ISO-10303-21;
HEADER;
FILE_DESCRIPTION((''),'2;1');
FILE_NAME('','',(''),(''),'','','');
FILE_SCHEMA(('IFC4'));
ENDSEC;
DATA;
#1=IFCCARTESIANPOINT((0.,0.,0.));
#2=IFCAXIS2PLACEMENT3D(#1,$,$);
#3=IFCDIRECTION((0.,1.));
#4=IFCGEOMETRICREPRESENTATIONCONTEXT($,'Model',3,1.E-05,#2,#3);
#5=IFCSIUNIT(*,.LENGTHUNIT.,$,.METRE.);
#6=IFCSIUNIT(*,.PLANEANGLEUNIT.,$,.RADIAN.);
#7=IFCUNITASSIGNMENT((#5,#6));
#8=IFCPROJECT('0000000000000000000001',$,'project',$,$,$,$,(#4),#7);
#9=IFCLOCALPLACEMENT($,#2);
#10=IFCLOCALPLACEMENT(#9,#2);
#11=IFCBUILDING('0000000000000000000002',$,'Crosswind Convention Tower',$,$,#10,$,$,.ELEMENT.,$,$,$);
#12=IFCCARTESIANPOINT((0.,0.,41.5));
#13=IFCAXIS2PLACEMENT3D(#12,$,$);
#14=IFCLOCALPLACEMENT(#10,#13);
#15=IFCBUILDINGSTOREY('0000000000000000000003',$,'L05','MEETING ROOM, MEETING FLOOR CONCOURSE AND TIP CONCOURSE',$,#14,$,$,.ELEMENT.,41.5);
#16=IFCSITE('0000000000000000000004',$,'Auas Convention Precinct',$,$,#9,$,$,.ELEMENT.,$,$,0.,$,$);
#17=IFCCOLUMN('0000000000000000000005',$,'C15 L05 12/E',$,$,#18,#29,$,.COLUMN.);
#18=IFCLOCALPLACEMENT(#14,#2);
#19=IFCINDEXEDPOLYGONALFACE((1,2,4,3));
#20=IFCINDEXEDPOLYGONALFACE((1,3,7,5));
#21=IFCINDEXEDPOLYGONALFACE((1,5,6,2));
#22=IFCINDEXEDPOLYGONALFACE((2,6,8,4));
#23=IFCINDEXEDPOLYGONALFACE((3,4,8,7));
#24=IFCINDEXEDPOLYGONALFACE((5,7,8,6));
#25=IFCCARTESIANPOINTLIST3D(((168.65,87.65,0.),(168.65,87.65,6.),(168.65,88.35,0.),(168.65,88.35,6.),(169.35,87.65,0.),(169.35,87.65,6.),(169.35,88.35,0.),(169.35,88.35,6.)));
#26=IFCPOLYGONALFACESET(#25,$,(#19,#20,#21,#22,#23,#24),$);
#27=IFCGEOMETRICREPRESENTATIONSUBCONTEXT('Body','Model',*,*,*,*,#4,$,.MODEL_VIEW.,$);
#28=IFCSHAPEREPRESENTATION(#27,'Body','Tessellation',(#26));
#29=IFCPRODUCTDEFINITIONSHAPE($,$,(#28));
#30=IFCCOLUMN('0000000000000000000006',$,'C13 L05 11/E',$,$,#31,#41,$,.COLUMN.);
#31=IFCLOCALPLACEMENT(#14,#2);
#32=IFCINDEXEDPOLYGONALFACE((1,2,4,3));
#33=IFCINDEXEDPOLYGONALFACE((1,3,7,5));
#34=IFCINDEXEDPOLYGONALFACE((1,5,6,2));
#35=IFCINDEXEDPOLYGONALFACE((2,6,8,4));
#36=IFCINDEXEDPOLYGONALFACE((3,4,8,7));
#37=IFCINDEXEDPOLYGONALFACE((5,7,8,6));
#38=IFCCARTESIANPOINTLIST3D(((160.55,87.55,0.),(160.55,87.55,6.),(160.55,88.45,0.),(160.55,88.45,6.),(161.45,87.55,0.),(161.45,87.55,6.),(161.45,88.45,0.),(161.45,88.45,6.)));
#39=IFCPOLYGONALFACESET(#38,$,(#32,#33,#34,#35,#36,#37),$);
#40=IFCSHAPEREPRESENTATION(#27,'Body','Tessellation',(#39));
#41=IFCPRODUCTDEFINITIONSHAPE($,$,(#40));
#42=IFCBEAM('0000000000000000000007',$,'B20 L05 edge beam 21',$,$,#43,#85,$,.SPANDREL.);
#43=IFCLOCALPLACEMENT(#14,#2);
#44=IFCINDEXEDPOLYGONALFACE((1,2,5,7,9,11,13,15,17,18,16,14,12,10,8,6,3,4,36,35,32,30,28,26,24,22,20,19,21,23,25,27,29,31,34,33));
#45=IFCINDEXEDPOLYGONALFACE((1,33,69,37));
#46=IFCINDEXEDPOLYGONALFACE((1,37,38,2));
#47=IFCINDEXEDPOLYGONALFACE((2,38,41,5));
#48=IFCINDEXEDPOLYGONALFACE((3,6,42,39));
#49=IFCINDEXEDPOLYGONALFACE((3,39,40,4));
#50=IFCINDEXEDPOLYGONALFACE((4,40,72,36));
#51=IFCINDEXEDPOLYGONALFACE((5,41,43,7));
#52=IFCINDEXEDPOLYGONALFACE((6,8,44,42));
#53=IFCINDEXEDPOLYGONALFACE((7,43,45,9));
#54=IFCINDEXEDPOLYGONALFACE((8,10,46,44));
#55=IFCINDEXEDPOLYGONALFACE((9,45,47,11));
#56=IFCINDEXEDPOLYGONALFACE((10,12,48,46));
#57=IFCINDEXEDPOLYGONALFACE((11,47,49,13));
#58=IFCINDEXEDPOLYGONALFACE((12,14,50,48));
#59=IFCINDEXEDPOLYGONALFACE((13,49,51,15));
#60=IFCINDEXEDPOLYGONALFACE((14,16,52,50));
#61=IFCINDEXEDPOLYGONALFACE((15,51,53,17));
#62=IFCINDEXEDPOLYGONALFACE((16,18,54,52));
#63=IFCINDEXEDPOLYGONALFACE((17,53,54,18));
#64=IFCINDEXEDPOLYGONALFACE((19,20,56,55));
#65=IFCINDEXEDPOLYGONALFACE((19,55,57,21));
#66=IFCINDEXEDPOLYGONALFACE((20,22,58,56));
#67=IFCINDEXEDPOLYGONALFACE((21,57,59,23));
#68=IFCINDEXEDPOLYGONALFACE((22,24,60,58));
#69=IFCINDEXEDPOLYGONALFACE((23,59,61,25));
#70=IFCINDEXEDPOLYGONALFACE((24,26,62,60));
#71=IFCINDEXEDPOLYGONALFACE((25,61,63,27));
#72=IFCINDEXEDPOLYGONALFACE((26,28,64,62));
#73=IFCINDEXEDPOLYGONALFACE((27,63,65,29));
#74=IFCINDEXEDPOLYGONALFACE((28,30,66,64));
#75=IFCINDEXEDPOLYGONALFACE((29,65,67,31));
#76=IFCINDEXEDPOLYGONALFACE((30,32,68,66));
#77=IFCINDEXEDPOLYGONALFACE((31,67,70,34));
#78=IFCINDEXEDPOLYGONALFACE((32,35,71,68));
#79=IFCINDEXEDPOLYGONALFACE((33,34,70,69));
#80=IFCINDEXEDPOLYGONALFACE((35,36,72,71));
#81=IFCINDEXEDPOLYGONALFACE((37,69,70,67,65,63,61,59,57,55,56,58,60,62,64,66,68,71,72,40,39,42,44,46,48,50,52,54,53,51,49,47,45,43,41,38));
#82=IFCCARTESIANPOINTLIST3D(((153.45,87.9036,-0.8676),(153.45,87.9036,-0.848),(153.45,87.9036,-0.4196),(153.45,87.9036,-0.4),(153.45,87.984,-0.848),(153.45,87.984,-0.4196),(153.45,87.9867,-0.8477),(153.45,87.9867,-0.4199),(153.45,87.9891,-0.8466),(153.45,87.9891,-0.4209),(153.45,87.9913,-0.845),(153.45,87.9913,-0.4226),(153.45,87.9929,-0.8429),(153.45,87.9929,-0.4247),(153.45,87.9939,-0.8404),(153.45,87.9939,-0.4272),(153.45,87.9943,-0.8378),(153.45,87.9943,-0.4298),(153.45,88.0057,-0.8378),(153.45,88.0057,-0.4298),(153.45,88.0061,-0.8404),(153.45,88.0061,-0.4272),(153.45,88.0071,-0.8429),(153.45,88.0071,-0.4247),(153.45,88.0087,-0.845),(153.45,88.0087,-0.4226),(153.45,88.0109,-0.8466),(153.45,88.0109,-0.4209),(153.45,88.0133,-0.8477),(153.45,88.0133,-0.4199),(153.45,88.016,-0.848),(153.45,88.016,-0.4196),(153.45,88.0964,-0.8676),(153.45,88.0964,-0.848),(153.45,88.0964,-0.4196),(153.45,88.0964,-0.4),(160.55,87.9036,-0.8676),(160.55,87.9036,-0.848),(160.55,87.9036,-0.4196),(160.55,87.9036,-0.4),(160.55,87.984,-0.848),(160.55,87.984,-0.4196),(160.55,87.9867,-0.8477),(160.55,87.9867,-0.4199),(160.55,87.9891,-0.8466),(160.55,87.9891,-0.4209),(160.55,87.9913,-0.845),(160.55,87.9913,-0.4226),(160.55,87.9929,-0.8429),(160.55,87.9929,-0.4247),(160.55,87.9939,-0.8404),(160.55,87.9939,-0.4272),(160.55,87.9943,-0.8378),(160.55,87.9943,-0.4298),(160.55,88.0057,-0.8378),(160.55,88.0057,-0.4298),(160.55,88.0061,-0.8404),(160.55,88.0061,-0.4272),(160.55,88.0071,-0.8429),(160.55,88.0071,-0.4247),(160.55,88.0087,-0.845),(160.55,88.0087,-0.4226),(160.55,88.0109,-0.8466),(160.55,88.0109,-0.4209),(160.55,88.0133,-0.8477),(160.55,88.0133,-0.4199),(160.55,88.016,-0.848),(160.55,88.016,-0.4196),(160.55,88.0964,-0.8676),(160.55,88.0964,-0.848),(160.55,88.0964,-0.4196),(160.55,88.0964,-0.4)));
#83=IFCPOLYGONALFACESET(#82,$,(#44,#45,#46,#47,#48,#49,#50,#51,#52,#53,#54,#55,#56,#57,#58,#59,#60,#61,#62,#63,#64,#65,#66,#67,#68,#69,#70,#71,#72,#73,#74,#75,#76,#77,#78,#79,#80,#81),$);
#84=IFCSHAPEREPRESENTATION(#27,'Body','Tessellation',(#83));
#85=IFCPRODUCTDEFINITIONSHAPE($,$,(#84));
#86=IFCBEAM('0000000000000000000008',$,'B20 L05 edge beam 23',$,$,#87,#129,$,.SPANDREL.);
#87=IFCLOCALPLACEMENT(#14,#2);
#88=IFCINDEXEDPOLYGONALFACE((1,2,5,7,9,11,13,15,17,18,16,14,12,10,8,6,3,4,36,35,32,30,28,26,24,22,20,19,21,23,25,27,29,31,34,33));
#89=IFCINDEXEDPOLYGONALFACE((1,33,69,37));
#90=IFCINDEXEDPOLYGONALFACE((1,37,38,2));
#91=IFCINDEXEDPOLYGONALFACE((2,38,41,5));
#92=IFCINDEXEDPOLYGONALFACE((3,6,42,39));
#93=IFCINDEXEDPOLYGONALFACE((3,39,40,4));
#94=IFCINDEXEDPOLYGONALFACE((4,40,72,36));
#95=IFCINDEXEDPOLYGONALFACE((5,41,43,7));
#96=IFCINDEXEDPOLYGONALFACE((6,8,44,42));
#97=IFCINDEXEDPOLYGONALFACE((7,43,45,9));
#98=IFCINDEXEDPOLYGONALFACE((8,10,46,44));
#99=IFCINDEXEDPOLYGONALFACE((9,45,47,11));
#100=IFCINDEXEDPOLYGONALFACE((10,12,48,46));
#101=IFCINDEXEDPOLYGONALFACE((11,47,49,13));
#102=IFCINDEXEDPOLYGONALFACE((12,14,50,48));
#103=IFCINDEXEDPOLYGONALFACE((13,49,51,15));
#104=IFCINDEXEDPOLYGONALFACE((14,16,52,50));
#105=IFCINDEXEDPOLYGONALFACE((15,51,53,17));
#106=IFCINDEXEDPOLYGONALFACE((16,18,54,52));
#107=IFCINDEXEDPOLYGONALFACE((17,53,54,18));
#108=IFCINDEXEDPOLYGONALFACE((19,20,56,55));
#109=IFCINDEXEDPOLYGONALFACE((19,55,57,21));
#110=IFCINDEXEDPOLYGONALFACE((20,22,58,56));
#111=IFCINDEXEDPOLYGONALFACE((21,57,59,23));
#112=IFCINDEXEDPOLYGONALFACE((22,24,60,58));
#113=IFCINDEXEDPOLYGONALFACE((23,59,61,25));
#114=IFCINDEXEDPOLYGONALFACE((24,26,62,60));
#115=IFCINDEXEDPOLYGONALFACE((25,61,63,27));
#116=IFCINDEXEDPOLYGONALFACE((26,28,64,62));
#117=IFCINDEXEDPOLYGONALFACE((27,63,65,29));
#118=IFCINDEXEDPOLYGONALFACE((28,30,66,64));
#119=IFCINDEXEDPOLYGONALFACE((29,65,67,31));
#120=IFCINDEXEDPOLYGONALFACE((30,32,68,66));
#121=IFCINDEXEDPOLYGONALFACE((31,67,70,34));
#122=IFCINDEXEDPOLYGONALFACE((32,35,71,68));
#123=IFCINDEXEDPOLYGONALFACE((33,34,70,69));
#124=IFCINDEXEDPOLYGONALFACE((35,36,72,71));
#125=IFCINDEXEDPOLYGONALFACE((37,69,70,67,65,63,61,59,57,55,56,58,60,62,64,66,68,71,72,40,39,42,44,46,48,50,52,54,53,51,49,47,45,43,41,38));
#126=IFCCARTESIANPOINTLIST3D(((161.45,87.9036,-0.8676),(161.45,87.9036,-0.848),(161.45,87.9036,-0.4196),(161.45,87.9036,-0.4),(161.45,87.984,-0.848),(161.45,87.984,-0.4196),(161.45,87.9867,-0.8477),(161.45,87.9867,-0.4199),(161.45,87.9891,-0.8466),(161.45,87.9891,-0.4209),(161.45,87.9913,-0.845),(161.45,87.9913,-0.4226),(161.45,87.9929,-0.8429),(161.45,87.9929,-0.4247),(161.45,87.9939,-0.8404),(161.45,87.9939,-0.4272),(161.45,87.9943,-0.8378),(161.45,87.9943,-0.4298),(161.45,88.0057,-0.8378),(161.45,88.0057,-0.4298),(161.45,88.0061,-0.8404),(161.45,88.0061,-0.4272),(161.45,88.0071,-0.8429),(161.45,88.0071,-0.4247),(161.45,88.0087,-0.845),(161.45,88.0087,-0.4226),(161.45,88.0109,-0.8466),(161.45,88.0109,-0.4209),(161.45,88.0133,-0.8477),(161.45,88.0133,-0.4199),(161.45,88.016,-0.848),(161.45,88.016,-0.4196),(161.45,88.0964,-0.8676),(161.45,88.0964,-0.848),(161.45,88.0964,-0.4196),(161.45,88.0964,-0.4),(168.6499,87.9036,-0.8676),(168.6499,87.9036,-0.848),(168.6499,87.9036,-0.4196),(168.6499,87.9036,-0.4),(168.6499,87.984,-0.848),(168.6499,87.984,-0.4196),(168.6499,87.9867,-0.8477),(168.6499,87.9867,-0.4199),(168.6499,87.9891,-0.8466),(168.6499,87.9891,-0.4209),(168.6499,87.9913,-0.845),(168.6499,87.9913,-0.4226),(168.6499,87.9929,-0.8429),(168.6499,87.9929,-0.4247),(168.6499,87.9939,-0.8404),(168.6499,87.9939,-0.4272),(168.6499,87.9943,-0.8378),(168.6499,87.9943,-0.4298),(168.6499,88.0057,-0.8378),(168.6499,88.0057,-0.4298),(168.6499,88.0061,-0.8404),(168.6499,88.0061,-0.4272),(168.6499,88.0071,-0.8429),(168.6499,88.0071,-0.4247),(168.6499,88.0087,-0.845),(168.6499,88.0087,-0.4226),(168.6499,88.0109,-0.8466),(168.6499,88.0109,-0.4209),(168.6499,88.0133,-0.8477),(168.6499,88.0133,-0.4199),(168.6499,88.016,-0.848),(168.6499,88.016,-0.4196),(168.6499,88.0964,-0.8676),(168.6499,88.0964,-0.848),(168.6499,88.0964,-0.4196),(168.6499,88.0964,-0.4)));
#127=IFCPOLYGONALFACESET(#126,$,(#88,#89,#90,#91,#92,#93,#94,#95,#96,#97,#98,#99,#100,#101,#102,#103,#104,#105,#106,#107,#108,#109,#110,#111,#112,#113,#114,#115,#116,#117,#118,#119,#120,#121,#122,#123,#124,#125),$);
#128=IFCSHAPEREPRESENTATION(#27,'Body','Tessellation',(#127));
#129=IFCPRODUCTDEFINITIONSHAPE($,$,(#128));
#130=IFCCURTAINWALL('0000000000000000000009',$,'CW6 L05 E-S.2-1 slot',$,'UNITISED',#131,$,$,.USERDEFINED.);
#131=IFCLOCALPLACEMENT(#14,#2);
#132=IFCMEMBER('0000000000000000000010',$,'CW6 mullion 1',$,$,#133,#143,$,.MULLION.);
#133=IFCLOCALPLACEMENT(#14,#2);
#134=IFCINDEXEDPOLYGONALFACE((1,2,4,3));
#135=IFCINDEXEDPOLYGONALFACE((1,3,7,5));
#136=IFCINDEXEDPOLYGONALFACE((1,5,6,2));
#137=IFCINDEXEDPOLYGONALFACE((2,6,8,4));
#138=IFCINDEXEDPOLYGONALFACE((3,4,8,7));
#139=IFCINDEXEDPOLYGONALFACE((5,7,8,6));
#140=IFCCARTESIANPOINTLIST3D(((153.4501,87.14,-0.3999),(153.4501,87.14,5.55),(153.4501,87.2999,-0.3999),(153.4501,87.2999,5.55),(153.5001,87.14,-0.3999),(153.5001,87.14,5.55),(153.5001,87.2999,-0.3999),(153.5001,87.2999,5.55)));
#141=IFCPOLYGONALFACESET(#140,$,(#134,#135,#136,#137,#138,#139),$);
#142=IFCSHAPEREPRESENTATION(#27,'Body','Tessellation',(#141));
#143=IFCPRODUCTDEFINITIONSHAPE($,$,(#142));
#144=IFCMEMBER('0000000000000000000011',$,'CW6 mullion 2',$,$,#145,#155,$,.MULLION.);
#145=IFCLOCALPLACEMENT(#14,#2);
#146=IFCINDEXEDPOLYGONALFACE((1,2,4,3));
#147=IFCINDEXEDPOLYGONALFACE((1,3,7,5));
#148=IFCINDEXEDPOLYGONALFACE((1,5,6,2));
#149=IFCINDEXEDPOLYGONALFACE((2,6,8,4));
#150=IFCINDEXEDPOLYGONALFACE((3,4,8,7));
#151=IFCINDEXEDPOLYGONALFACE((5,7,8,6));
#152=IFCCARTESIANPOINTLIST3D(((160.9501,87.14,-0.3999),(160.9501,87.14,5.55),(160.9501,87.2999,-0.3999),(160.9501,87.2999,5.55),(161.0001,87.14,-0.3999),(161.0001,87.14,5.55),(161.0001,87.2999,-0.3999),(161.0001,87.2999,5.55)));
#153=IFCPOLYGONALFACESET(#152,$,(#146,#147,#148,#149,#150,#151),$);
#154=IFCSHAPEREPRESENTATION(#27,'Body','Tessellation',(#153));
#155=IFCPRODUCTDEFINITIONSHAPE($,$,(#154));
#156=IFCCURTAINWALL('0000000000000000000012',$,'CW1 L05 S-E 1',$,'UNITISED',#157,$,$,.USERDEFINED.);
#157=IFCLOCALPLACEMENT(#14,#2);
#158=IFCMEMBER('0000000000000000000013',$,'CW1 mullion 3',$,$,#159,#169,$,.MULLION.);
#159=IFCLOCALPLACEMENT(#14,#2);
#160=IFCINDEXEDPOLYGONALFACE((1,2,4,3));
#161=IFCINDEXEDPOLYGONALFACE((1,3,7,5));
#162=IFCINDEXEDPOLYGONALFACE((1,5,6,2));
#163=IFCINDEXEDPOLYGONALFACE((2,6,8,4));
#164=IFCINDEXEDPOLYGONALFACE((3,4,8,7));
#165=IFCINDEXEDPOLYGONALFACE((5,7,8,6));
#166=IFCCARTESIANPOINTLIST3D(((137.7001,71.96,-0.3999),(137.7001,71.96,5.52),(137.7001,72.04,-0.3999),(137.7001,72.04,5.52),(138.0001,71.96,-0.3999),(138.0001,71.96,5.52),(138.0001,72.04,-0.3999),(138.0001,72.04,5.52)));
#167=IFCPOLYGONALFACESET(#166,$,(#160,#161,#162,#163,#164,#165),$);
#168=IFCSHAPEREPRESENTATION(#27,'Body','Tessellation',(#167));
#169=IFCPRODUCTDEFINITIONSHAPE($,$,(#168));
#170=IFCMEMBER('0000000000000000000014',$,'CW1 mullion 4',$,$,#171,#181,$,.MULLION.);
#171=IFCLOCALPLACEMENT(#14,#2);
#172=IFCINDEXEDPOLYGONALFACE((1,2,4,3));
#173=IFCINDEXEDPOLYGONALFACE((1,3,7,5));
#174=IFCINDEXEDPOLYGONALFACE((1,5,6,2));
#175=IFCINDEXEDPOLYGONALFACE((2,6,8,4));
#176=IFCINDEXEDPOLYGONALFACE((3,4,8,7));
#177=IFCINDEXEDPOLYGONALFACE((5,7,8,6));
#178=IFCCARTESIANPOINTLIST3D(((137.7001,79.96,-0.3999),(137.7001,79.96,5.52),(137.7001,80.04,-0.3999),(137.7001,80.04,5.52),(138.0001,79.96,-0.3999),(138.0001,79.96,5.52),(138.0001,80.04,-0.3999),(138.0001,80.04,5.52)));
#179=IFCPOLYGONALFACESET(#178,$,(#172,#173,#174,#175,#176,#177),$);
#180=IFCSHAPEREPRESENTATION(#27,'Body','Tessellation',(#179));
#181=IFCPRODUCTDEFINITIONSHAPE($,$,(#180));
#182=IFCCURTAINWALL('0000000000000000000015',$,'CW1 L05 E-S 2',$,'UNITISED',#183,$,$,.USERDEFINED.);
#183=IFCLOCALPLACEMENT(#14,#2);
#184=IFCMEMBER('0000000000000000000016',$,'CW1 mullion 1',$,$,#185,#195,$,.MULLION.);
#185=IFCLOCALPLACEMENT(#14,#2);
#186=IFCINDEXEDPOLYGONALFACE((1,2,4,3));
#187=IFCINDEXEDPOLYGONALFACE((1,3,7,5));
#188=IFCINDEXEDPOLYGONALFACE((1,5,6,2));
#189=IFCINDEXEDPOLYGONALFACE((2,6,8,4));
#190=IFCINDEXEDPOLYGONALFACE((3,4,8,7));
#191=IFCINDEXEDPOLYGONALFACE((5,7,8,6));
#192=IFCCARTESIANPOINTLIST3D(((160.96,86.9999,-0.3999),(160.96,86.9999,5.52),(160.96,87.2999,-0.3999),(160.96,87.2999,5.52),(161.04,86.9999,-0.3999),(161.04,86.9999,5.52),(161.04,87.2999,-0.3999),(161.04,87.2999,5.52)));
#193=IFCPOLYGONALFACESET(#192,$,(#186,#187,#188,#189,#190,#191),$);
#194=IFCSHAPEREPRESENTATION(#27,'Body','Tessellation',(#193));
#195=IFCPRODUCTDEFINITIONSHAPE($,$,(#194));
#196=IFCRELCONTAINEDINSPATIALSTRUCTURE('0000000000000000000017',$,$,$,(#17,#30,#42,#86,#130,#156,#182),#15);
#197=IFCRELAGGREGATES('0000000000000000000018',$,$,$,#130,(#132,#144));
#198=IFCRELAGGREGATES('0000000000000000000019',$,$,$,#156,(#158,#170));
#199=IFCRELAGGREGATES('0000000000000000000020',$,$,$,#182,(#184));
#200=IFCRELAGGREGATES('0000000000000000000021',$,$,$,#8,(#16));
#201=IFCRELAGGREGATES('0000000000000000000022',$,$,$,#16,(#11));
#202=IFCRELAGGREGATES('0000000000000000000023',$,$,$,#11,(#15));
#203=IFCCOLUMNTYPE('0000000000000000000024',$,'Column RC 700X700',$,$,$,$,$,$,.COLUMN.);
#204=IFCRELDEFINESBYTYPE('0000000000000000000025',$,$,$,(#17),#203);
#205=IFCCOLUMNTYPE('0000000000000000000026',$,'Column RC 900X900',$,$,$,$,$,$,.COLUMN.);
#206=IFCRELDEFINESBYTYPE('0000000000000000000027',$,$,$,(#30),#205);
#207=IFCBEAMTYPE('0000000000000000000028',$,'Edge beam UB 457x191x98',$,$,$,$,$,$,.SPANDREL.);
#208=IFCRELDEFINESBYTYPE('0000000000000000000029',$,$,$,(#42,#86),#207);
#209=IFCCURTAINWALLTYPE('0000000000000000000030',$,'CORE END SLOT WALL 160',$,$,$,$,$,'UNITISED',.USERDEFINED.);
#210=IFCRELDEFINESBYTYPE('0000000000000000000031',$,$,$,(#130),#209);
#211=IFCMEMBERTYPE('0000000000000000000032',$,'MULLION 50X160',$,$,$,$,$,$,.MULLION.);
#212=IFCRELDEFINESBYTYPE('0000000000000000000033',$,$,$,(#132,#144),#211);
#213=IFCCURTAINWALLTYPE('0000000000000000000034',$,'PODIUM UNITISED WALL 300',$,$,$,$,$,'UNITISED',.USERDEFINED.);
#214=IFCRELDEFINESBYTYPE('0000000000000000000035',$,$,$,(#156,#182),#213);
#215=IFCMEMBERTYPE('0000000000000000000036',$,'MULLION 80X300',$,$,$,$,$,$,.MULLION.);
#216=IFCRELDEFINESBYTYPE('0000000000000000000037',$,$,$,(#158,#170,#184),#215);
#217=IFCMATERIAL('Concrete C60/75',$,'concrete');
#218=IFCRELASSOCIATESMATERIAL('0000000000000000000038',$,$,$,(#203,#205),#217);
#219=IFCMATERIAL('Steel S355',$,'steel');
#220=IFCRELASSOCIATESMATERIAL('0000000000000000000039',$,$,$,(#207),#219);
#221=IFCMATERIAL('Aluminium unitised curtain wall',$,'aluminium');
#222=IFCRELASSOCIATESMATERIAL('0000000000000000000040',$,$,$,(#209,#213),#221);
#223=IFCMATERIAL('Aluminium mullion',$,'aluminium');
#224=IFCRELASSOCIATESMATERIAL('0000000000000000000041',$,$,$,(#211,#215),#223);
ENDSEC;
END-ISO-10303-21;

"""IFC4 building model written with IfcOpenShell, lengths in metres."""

from ifc_helpers import new_model, si_unit, direction, frame, origin, origin_2d, place, context, subcontext, project, spatial, rectangle, i_section, extrude, material, material_profile, profile_set, type_object, element, aggregate, save


model = new_model("IFC4")

# Units and contexts
model_context = context("Model", 3, precision=1e-05, world=origin(), true_north=direction((0.0, 1.0)))
body_context = subcontext(model_context, "Body", "Model", "MODEL_VIEW")
ifc_project = project(units=[si_unit("LENGTHUNIT", "METRE"), si_unit("PLANEANGLEUNIT", "RADIAN")], contexts=[model_context])

# Site, building, storey
site_placement = place(None, origin())
site = spatial("IfcSite", under=ifc_project, at=site_placement, Name="Auas Convention Precinct", CompositionType="ELEMENT", RefElevation=0.0)
building_placement = place(site_placement, origin())
building = spatial("IfcBuilding", under=site, at=building_placement, Name="Crosswind Convention Tower", CompositionType="ELEMENT")
storey_placement = place(building_placement, frame((0.0, 0.0, 41.5)))
storey = spatial("IfcBuildingStorey", under=building, at=storey_placement, Name="L05", Description="MEETING ROOM, MEETING FLOOR CONCOURSE AND TIP CONCOURSE", CompositionType="ELEMENT", Elevation=41.5)

# Columns
ifc_material_1 = material(Name="Concrete C60/75", Category="concrete")
ifc_material_profile_1 = material_profile(ifc_material_1, rectangle(XDim=0.7, YDim=0.7, at=origin_2d()), Name="RC 700X700")
ifc_profile_set_1 = profile_set([ifc_material_profile_1], Name="Concrete C60/75")
column_type_1 = type_object("IfcColumnType", Name="Column RC 700X700", PredefinedType="COLUMN", material=ifc_profile_set_1)
column_1_placement = place(storey_placement, frame((169.0, 88.0, 0.0), z_axis=(0.0, 0.0, 1.0), x_axis=(1.0, 0.0, 0.0)))
element("IfcColumn", 1, at=column_1_placement, inside=storey, type_object=column_type_1, Name="C15 L05 12/E", PredefinedType="COLUMN", context=body_context, shape_type="SweptSolid", body=[
    extrude(rectangle(XDim=0.7, YDim=0.7, at=origin_2d()), origin(), (0.0, 0.0, 1.0), 6.0),
])
ifc_material_profile_2 = material_profile(ifc_material_1, rectangle(XDim=0.8999, YDim=0.8999, at=origin_2d()), Name="RC 900X900")
ifc_profile_set_2 = profile_set([ifc_material_profile_2], Name="Concrete C60/75")
column_type_2 = type_object("IfcColumnType", Name="Column RC 900X900", PredefinedType="COLUMN", material=ifc_profile_set_2)
column_2_placement = place(storey_placement, frame((161.0, 88.0, 0.0), z_axis=(0.0, 0.0, 1.0), x_axis=(1.0, 0.0, 0.0)))
element("IfcColumn", 2, at=column_2_placement, inside=storey, type_object=column_type_2, Name="C13 L05 11/E", PredefinedType="COLUMN", context=body_context, shape_type="SweptSolid", body=[
    extrude(rectangle(XDim=0.8999, YDim=0.8999, at=origin_2d()), origin(), (0.0, 0.0, 1.0), 6.0),
])

# Beams
ifc_material_2 = material(Name="Steel S355", Category="steel")
ifc_material_profile_3 = material_profile(ifc_material_2, i_section(OverallWidth=0.1929, OverallDepth=0.4675, WebThickness=0.0115, FlangeThickness=0.0195, FilletRadius=0.0103, at=origin_2d()), Name="UB 457x191x98")
ifc_profile_set_3 = profile_set([ifc_material_profile_3], Name="Steel S355")
beam_type_1 = type_object("IfcBeamType", Name="Edge beam UB 457x191x98", PredefinedType="SPANDREL", material=ifc_profile_set_3)
beam_1_placement = place(storey_placement, frame((153.45, 88.0, -0.6338), z_axis=(1.0, 0.0, 0.0), x_axis=(0.0, 1.0, 0.0)))
element("IfcBeam", 3, at=beam_1_placement, inside=storey, type_object=beam_type_1, Name="B20 L05 edge beam 21", PredefinedType="SPANDREL", context=body_context, shape_type="SweptSolid", body=[
    extrude(i_section(OverallWidth=0.1929, OverallDepth=0.4675, WebThickness=0.0115, FlangeThickness=0.0195, FilletRadius=0.0103, at=origin_2d()), origin(), (0.0, 0.0, 1.0), 7.1001),
])
beam_2_placement = place(storey_placement, frame((161.45, 88.0, -0.6338), z_axis=(1.0, 0.0, 0.0), x_axis=(0.0, 1.0, 0.0)))
element("IfcBeam", 4, at=beam_2_placement, inside=storey, type_object=beam_type_1, Name="B20 L05 edge beam 23", PredefinedType="SPANDREL", context=body_context, shape_type="SweptSolid", body=[
    extrude(i_section(OverallWidth=0.1929, OverallDepth=0.4675, WebThickness=0.0115, FlangeThickness=0.0195, FilletRadius=0.0103, at=origin_2d()), origin(), (0.0, 0.0, 1.0), 7.2),
])

# Curtain walls, members
ifc_material_3 = material(Name="Aluminium unitised curtain wall", Category="aluminium")
curtain_wall_type_1 = type_object("IfcCurtainWallType", Name="CORE END SLOT WALL 160", ElementType="UNITISED", PredefinedType="USERDEFINED", material=ifc_material_3)
curtain_wall_1_placement = place(storey_placement, origin())
curtain_wall_1 = element("IfcCurtainWall", 5, at=curtain_wall_1_placement, inside=storey, type_object=curtain_wall_type_1, Name="CW6 L05 E-S.2-1 slot", ObjectType="UNITISED", PredefinedType="USERDEFINED")
ifc_material_4 = material(Name="Aluminium mullion", Category="aluminium")
ifc_material_profile_4 = material_profile(ifc_material_4, rectangle(XDim=0.1599, YDim=0.05, at=origin_2d()), Name="AL 160X50")
ifc_profile_set_4 = profile_set([ifc_material_profile_4], Name="Aluminium mullion")
member_type_1 = type_object("IfcMemberType", Name="MULLION 50X160", PredefinedType="MULLION", material=ifc_profile_set_4)
member_1_placement = place(storey_placement, frame((153.4751, 87.22, -0.3999), z_axis=(0.0, 0.0, 1.0), x_axis=(0.0, -1.0, 0.0)))
member_1 = element("IfcMember", 6, at=member_1_placement, type_object=member_type_1, Name="CW6 mullion 1", PredefinedType="MULLION", context=body_context, shape_type="SweptSolid", body=[
    extrude(rectangle(XDim=0.1599, YDim=0.05, at=origin_2d()), origin(), (0.0, 0.0, 1.0), 5.95),
])
member_2_placement = place(storey_placement, frame((160.9751, 87.22, -0.3999), z_axis=(0.0, 0.0, 1.0), x_axis=(0.0, -1.0, 0.0)))
member_2 = element("IfcMember", 7, at=member_2_placement, type_object=member_type_1, Name="CW6 mullion 2", PredefinedType="MULLION", context=body_context, shape_type="SweptSolid", body=[
    extrude(rectangle(XDim=0.1599, YDim=0.05, at=origin_2d()), origin(), (0.0, 0.0, 1.0), 5.95),
])
curtain_wall_type_2 = type_object("IfcCurtainWallType", Name="PODIUM UNITISED WALL 300", ElementType="UNITISED", PredefinedType="USERDEFINED", material=ifc_material_3)
curtain_wall_2_placement = place(storey_placement, origin())
curtain_wall_2 = element("IfcCurtainWall", 8, at=curtain_wall_2_placement, inside=storey, type_object=curtain_wall_type_2, Name="CW1 L05 S-E 1", ObjectType="UNITISED", PredefinedType="USERDEFINED")
ifc_material_profile_5 = material_profile(ifc_material_4, rectangle(XDim=0.3, YDim=0.0801, at=origin_2d()), Name="AL 300X80")
ifc_profile_set_5 = profile_set([ifc_material_profile_5], Name="Aluminium mullion")
member_type_2 = type_object("IfcMemberType", Name="MULLION 80X300", PredefinedType="MULLION", material=ifc_profile_set_5)
member_3_placement = place(storey_placement, frame((137.8501, 72.0, -0.3999), z_axis=(0.0, 0.0, 1.0), x_axis=(1.0, 0.0, 0.0)))
member_3 = element("IfcMember", 9, at=member_3_placement, type_object=member_type_2, Name="CW1 mullion 3", PredefinedType="MULLION", context=body_context, shape_type="SweptSolid", body=[
    extrude(rectangle(XDim=0.3, YDim=0.0801, at=origin_2d()), origin(), (0.0, 0.0, 1.0), 5.9199),
])
member_4_placement = place(storey_placement, frame((137.8501, 80.0, -0.3999), z_axis=(0.0, 0.0, 1.0), x_axis=(1.0, 0.0, 0.0)))
member_4 = element("IfcMember", 10, at=member_4_placement, type_object=member_type_2, Name="CW1 mullion 4", PredefinedType="MULLION", context=body_context, shape_type="SweptSolid", body=[
    extrude(rectangle(XDim=0.3, YDim=0.0801, at=origin_2d()), origin(), (0.0, 0.0, 1.0), 5.9199),
])
curtain_wall_3_placement = place(storey_placement, origin())
curtain_wall_3 = element("IfcCurtainWall", 11, at=curtain_wall_3_placement, inside=storey, type_object=curtain_wall_type_2, Name="CW1 L05 E-S 2", ObjectType="UNITISED", PredefinedType="USERDEFINED")
member_5_placement = place(storey_placement, frame((161.0, 87.1499, -0.3999), z_axis=(0.0, 0.0, 1.0), x_axis=(0.0, -1.0, 0.0)))
member_5 = element("IfcMember", 12, at=member_5_placement, type_object=member_type_2, Name="CW1 mullion 1", PredefinedType="MULLION", context=body_context, shape_type="SweptSolid", body=[
    extrude(rectangle(XDim=0.3, YDim=0.0801, at=origin_2d()), origin(), (0.0, 0.0, 1.0), 5.9199),
])

aggregate(curtain_wall_1, [member_1, member_2])

aggregate(curtain_wall_2, [member_3, member_4])
aggregate(curtain_wall_3, [member_5])

save(model, "model.ifc")
